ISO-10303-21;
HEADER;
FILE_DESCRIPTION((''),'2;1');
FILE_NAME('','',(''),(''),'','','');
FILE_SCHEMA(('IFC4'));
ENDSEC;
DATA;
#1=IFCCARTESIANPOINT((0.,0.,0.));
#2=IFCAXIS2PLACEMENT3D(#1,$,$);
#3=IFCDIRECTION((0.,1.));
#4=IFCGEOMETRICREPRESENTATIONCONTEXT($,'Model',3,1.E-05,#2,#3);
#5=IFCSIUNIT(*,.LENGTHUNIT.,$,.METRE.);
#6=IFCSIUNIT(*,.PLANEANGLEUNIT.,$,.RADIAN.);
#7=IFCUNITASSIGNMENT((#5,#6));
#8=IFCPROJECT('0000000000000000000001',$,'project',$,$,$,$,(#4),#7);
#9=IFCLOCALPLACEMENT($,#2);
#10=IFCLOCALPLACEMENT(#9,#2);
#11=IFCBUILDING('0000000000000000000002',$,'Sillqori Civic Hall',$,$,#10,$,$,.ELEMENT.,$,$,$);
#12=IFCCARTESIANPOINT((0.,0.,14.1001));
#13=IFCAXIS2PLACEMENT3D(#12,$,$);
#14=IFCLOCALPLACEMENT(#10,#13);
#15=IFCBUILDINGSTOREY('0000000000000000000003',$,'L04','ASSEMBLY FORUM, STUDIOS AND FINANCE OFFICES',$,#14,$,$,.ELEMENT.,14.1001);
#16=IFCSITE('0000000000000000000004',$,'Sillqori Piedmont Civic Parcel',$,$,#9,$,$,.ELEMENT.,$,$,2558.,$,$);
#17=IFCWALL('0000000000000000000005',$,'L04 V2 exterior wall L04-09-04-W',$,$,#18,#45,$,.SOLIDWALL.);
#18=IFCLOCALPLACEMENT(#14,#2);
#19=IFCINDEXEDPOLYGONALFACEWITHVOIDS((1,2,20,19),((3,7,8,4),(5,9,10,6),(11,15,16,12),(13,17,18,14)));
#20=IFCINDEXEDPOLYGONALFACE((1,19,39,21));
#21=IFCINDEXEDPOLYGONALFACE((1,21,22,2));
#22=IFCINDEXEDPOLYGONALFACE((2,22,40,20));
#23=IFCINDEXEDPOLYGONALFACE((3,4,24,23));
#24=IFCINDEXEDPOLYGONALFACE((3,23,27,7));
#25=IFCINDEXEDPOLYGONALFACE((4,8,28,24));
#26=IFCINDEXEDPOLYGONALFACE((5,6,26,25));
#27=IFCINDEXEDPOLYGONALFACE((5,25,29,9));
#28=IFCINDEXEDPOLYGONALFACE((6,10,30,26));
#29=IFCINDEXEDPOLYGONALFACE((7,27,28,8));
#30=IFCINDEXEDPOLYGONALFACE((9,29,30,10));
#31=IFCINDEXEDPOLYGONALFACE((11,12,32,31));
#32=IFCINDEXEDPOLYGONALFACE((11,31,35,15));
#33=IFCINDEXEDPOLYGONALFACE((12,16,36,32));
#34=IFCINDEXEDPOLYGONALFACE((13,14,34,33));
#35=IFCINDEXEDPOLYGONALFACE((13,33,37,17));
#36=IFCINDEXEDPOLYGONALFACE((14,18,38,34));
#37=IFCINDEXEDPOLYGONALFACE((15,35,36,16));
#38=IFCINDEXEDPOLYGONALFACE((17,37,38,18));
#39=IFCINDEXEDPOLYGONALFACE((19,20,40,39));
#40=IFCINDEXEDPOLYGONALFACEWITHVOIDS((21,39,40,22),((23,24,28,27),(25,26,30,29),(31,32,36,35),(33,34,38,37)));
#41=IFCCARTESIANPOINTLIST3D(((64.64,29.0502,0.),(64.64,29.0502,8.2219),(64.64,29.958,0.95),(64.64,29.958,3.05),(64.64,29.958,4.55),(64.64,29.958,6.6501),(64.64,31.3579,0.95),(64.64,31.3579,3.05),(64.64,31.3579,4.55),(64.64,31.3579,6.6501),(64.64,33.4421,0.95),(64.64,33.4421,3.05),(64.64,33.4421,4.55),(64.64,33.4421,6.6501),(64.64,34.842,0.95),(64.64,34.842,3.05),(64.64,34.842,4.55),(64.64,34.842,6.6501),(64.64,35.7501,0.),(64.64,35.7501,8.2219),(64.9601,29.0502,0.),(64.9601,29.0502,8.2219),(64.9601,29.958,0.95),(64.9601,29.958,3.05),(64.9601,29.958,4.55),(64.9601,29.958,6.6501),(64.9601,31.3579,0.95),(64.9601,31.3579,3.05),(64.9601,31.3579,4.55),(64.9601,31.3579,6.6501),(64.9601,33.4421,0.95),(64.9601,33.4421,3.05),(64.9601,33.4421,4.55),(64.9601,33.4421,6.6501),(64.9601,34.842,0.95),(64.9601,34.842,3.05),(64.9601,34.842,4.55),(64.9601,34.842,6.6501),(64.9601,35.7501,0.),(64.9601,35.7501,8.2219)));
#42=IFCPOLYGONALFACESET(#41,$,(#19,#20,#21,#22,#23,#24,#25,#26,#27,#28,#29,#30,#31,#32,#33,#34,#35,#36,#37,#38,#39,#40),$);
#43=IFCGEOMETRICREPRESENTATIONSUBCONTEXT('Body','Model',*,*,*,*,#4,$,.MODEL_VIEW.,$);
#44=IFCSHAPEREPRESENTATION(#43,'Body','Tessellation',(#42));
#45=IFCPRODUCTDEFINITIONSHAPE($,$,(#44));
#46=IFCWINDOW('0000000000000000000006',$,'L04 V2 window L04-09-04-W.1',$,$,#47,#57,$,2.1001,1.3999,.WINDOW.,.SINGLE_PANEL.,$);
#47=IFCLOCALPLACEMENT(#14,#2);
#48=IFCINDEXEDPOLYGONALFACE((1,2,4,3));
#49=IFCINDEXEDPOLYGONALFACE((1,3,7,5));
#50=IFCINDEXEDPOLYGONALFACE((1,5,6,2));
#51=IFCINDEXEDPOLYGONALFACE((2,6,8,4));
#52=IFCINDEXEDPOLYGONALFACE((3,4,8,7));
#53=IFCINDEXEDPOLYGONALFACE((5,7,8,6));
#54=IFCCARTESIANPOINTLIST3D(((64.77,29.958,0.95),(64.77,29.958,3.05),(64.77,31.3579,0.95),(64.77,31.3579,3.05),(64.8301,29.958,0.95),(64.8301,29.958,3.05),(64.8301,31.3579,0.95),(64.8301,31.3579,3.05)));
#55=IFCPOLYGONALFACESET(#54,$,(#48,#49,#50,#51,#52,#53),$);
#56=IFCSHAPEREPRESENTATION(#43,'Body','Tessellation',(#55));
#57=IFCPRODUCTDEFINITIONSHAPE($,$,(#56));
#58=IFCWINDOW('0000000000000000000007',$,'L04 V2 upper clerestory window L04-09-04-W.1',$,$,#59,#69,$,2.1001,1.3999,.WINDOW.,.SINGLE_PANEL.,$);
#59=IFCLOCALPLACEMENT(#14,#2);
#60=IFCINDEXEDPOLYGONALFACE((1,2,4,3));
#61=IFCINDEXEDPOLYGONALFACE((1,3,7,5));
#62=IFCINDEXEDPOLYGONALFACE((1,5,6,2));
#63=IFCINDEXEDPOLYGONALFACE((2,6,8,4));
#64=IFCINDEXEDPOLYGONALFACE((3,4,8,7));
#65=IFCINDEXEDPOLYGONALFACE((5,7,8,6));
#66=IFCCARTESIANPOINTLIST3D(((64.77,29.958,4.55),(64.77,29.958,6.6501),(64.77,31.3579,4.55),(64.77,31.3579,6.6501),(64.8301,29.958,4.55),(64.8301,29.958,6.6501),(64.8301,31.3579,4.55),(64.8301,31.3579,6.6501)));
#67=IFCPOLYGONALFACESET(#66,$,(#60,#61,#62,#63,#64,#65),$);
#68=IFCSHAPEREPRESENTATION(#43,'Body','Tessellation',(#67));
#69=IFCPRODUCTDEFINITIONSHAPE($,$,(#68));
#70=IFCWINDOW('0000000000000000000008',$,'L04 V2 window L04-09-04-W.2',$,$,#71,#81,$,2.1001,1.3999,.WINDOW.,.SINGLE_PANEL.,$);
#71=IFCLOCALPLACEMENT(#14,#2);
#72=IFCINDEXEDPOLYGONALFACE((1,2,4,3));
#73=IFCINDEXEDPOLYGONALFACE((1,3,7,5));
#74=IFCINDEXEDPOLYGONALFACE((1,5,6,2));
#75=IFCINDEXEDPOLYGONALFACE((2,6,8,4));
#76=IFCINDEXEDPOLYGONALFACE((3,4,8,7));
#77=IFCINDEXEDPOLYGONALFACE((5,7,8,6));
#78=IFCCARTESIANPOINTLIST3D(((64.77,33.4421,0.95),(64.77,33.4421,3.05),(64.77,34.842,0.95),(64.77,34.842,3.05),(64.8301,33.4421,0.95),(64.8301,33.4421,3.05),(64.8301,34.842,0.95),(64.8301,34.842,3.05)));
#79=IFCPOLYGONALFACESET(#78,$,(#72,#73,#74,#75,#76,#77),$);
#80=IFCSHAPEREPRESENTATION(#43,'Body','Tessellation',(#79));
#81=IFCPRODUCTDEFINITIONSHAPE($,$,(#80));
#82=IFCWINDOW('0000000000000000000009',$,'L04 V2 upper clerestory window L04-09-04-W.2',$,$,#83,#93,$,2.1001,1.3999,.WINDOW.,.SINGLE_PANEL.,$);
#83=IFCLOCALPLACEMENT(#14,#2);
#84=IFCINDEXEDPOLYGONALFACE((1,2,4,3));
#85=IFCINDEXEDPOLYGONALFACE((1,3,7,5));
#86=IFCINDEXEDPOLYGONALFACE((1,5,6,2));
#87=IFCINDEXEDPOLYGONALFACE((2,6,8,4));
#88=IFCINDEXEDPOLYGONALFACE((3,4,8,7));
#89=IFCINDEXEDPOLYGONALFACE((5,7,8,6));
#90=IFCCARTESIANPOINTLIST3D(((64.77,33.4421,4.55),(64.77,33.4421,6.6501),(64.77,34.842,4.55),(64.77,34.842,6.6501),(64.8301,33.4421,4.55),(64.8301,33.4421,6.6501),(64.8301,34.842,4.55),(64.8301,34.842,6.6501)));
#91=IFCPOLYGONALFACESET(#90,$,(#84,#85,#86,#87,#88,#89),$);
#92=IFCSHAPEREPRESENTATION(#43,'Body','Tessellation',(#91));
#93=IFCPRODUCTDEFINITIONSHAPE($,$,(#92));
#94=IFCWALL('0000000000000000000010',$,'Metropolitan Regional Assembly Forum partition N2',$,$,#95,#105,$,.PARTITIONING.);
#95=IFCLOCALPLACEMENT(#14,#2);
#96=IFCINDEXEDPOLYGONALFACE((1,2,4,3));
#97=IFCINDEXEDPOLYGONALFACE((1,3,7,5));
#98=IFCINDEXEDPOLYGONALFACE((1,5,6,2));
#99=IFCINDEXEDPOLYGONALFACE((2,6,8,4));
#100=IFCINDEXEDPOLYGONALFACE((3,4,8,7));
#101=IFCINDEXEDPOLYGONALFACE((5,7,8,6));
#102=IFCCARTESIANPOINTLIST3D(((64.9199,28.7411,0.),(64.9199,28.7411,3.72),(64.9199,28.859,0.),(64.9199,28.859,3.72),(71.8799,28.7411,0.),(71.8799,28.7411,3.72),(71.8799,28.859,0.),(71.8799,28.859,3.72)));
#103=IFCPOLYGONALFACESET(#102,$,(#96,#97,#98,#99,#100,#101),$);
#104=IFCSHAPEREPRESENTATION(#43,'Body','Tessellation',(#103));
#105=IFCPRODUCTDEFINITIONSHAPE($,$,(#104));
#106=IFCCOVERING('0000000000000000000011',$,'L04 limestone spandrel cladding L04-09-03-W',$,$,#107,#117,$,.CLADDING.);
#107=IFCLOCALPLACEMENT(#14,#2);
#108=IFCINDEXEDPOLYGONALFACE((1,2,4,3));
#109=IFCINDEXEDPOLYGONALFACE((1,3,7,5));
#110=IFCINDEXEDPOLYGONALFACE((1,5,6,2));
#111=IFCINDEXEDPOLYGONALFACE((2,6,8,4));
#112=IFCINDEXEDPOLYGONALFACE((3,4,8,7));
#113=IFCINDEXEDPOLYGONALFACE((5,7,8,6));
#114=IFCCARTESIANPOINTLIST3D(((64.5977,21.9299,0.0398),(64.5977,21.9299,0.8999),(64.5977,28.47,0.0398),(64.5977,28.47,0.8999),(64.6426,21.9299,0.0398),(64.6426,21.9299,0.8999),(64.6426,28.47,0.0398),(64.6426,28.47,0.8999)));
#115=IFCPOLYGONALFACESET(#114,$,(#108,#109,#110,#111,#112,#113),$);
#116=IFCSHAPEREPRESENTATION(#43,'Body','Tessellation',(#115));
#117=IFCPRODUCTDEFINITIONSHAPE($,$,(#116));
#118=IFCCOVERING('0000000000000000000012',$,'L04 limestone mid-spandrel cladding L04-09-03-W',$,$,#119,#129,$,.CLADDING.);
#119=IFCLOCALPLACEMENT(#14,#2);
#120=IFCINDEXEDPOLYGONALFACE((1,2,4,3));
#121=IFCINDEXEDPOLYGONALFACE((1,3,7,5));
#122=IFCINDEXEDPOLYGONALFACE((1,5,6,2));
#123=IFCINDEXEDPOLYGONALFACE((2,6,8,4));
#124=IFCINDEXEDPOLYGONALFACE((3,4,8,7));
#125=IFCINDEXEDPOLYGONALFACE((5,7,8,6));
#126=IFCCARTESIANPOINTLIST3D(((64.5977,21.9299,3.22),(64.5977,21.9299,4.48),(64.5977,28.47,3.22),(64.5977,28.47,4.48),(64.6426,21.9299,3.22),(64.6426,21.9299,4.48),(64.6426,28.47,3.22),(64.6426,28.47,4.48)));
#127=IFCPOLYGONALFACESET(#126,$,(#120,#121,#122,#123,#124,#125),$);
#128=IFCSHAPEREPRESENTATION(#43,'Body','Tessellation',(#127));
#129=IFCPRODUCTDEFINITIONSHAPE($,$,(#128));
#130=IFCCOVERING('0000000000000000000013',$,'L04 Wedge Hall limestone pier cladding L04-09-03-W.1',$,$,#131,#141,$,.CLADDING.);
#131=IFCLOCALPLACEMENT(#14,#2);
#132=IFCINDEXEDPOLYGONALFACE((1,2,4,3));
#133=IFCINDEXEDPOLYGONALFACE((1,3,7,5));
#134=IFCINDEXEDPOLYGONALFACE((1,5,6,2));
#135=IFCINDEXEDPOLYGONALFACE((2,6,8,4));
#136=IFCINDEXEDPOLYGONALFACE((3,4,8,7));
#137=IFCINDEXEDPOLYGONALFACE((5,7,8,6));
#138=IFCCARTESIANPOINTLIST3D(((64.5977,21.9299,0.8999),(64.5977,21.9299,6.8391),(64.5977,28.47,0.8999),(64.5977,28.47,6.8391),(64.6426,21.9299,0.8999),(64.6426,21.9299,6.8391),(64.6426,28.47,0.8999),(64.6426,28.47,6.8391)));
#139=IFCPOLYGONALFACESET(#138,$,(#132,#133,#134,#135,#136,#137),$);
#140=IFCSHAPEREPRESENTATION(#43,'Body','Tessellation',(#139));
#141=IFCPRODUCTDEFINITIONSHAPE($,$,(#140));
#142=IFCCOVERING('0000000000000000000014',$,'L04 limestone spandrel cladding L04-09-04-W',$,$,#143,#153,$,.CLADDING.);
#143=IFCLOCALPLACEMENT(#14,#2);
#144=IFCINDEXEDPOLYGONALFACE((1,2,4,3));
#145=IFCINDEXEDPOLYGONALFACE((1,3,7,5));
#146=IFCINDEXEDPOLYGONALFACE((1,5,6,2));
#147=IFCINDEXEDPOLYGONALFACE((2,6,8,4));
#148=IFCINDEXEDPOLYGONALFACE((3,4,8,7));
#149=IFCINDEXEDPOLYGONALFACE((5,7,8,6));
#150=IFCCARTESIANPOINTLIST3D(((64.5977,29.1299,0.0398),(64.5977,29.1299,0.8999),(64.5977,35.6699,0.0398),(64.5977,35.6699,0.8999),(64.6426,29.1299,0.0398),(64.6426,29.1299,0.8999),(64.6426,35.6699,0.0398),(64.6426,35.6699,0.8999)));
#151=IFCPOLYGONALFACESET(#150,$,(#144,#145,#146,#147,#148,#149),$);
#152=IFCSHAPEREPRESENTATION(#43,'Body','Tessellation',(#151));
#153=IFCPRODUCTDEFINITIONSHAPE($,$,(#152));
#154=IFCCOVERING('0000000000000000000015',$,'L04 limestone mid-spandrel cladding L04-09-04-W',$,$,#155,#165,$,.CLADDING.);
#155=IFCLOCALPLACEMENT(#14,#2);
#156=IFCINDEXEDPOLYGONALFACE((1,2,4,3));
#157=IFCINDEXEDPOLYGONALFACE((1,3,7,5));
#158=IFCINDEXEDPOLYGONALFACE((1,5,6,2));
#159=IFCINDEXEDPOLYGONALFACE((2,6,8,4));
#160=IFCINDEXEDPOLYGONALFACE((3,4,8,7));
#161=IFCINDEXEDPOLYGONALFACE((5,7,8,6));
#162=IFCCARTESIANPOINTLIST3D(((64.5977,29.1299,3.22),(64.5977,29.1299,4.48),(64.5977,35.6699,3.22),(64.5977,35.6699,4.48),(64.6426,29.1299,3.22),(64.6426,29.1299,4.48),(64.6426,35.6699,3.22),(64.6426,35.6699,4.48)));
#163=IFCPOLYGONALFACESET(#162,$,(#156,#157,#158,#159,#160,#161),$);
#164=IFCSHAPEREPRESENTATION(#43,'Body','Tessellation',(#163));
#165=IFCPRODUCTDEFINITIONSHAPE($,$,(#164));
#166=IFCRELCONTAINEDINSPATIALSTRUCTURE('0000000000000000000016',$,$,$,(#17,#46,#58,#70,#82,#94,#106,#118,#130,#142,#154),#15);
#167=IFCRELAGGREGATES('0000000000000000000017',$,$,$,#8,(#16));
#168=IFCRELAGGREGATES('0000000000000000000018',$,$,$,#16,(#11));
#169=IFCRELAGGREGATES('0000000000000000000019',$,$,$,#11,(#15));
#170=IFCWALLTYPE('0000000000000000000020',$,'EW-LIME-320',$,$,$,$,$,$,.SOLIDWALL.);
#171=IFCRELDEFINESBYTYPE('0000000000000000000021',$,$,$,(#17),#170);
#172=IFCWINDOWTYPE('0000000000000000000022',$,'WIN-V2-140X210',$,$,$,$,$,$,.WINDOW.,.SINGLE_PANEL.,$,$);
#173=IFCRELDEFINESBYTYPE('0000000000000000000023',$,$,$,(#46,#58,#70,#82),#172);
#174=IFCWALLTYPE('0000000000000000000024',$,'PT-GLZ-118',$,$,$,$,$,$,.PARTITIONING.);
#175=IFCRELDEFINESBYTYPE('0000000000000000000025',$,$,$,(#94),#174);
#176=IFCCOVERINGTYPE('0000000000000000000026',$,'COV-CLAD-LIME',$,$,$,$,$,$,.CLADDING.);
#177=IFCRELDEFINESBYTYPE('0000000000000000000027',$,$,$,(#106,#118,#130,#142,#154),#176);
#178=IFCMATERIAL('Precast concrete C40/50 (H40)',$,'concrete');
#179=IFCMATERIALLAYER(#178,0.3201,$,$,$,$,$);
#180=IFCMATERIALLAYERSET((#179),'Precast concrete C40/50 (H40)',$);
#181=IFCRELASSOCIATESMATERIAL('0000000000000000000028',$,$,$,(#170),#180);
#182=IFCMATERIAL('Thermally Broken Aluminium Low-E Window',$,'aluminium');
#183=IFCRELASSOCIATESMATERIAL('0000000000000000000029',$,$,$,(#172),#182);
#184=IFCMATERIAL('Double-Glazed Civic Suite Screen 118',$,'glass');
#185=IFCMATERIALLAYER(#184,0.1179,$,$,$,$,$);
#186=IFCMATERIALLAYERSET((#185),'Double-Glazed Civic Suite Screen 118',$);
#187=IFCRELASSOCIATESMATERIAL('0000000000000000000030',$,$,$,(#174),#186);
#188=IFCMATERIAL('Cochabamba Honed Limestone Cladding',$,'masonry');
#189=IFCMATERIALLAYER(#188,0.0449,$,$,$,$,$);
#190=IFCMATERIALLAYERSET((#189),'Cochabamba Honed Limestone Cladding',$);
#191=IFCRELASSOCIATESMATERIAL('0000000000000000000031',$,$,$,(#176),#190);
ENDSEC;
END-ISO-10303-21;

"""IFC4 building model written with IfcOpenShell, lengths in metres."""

from ifc_helpers import new_model, si_unit, direction, frame, frame_2d, origin, place, context, subcontext, project, spatial, rectangle, extrude, material, layer, layer_set, type_object, element, fill, save


model = new_model("IFC4")

# Units and contexts
model_context = context("Model", 3, precision=1e-05, world=origin(), true_north=direction((0.0, 1.0)))
body_context = subcontext(model_context, "Body", "Model", "MODEL_VIEW")
ifc_project = project(units=[si_unit("LENGTHUNIT", "METRE"), si_unit("PLANEANGLEUNIT", "RADIAN")], contexts=[model_context])

# Site, building, storey
site_placement = place(None, origin())
site = spatial("IfcSite", under=ifc_project, at=site_placement, Name="Sillqori Piedmont Civic Parcel", CompositionType="ELEMENT", RefElevation=2558.0)
building_placement = place(site_placement, origin())
building = spatial("IfcBuilding", under=site, at=building_placement, Name="Sillqori Civic Hall", CompositionType="ELEMENT")
storey_placement = place(building_placement, frame((0.0, 0.0, 14.1001)))
storey = spatial("IfcBuildingStorey", under=building, at=storey_placement, Name="L04", Description="ASSEMBLY FORUM, STUDIOS AND FINANCE OFFICES", CompositionType="ELEMENT", Elevation=14.1001)

# Shared definitions
ifc_material_1 = material(Name="Precast concrete C40/50 (H40)", Category="concrete")
ifc_layer_1 = layer(ifc_material_1, 0.3201)
ifc_layer_set_1 = layer_set([ifc_layer_1], Name="Precast concrete C40/50 (H40)")
wall_type_1 = type_object("IfcWallType", Name="EW-LIME-320", PredefinedType="SOLIDWALL", material=ifc_layer_set_1)

# Wall, openings, windows
wall_1_placement = place(storey_placement, frame((64.8, 29.05, 0.0), z_axis=(0.0, 0.0, 1.0), x_axis=(0.0, 1.0, 0.0)))
wall_1 = element("IfcWall", 1, at=wall_1_placement, inside=storey, type_object=wall_type_1, Name="L04 V2 exterior wall L04-09-04-W", PredefinedType="SOLIDWALL", context=body_context, shape_type="SweptSolid", body=[
    extrude(rectangle(XDim=6.7, YDim=0.3201, at=frame_2d((3.3501, 0.0))), origin(), (0.0, 0.0, 1.0), 8.2219),
])
opening_1_placement = place(wall_1_placement, frame((0.908, 0.0, 0.95)))
opening_1 = element("IfcOpeningElement", 2, at=opening_1_placement, cuts=wall_1, PredefinedType="OPENING", context=body_context, shape_type="SweptSolid", body=[
    extrude(rectangle(XDim=1.3999, YDim=2.1001, at=frame_2d((0.7, 1.05))), frame((0.0, 0.1699, 0.0), z_axis=(0.0, -1.0, 0.0), x_axis=(1.0, 0.0, 0.0)), (0.0, 0.0, 1.0), 0.3401),
])
opening_2_placement = place(wall_1_placement, frame((0.908, 0.0, 4.55)))
opening_2 = element("IfcOpeningElement", 3, at=opening_2_placement, cuts=wall_1, PredefinedType="OPENING", context=body_context, shape_type="SweptSolid", body=[
    extrude(rectangle(XDim=1.3999, YDim=2.1001, at=frame_2d((0.7, 1.05))), frame((0.0, 0.1699, 0.0), z_axis=(0.0, -1.0, 0.0), x_axis=(1.0, 0.0, 0.0)), (0.0, 0.0, 1.0), 0.3401),
])
opening_3_placement = place(wall_1_placement, frame((4.3921, 0.0, 0.95)))
opening_3 = element("IfcOpeningElement", 4, at=opening_3_placement, cuts=wall_1, PredefinedType="OPENING", context=body_context, shape_type="SweptSolid", body=[
    extrude(rectangle(XDim=1.3999, YDim=2.1001, at=frame_2d((0.7, 1.05))), frame((0.0, 0.1699, 0.0), z_axis=(0.0, -1.0, 0.0), x_axis=(1.0, 0.0, 0.0)), (0.0, 0.0, 1.0), 0.3401),
])
opening_4_placement = place(wall_1_placement, frame((4.3921, 0.0, 4.55)))
opening_4 = element("IfcOpeningElement", 5, at=opening_4_placement, cuts=wall_1, PredefinedType="OPENING", context=body_context, shape_type="SweptSolid", body=[
    extrude(rectangle(XDim=1.3999, YDim=2.1001, at=frame_2d((0.7, 1.05))), frame((0.0, 0.1699, 0.0), z_axis=(0.0, -1.0, 0.0), x_axis=(1.0, 0.0, 0.0)), (0.0, 0.0, 1.0), 0.3401),
])
ifc_material_2 = material(Name="Thermally Broken Aluminium Low-E Window", Category="aluminium")
window_type = type_object("IfcWindowType", Name="WIN-V2-140X210", PartitioningType="SINGLE_PANEL", PredefinedType="WINDOW", material=ifc_material_2)
window_1_placement = place(opening_1_placement, origin())
window_1 = element("IfcWindow", 6, at=window_1_placement, inside=storey, type_object=window_type, Name="L04 V2 window L04-09-04-W.1", OverallHeight=2.1001, OverallWidth=1.3999, PartitioningType="SINGLE_PANEL", PredefinedType="WINDOW", context=body_context, shape_type="SweptSolid", body=[
    extrude(rectangle(XDim=1.3999, YDim=2.1001, at=frame_2d((0.7, 1.05))), frame((0.0, 0.03, 0.0), z_axis=(0.0, -1.0, 0.0), x_axis=(1.0, 0.0, 0.0)), (0.0, 0.0, 1.0), 0.0601),
])
fill(opening_1, window_1)
window_2_placement = place(opening_2_placement, origin())
window_2 = element("IfcWindow", 7, at=window_2_placement, inside=storey, type_object=window_type, Name="L04 V2 upper clerestory window L04-09-04-W.1", OverallHeight=2.1001, OverallWidth=1.3999, PartitioningType="SINGLE_PANEL", PredefinedType="WINDOW", context=body_context, shape_type="SweptSolid", body=[
    extrude(rectangle(XDim=1.3999, YDim=2.1001, at=frame_2d((0.7, 1.05))), frame((0.0, 0.03, 0.0), z_axis=(0.0, -1.0, 0.0), x_axis=(1.0, 0.0, 0.0)), (0.0, 0.0, 1.0), 0.0601),
])
fill(opening_2, window_2)
window_3_placement = place(opening_3_placement, origin())
window_3 = element("IfcWindow", 8, at=window_3_placement, inside=storey, type_object=window_type, Name="L04 V2 window L04-09-04-W.2", OverallHeight=2.1001, OverallWidth=1.3999, PartitioningType="SINGLE_PANEL", PredefinedType="WINDOW", context=body_context, shape_type="SweptSolid", body=[
    extrude(rectangle(XDim=1.3999, YDim=2.1001, at=frame_2d((0.7, 1.05))), frame((0.0, 0.03, 0.0), z_axis=(0.0, -1.0, 0.0), x_axis=(1.0, 0.0, 0.0)), (0.0, 0.0, 1.0), 0.0601),
])
fill(opening_3, window_3)
window_4_placement = place(opening_4_placement, origin())
window_4 = element("IfcWindow", 9, at=window_4_placement, inside=storey, type_object=window_type, Name="L04 V2 upper clerestory window L04-09-04-W.2", OverallHeight=2.1001, OverallWidth=1.3999, PartitioningType="SINGLE_PANEL", PredefinedType="WINDOW", context=body_context, shape_type="SweptSolid", body=[
    extrude(rectangle(XDim=1.3999, YDim=2.1001, at=frame_2d((0.7, 1.05))), frame((0.0, 0.03, 0.0), z_axis=(0.0, -1.0, 0.0), x_axis=(1.0, 0.0, 0.0)), (0.0, 0.0, 1.0), 0.0601),
])
fill(opening_4, window_4)

# Wall
ifc_material_3 = material(Name="Double-Glazed Civic Suite Screen 118", Category="glass")
ifc_layer_2 = layer(ifc_material_3, 0.1179)
ifc_layer_set_2 = layer_set([ifc_layer_2], Name="Double-Glazed Civic Suite Screen 118")
wall_type_2 = type_object("IfcWallType", Name="PT-GLZ-118", PredefinedType="PARTITIONING", material=ifc_layer_set_2)
wall_2_placement = place(storey_placement, frame((64.9199, 28.8, 0.0), z_axis=(0.0, 0.0, 1.0), x_axis=(1.0, 0.0, 0.0)))
element("IfcWall", 10, at=wall_2_placement, inside=storey, type_object=wall_type_2, Name="Metropolitan Regional Assembly Forum partition N2", PredefinedType="PARTITIONING", context=body_context, shape_type="SweptSolid", body=[
    extrude(rectangle(XDim=6.96, YDim=0.1179, at=frame_2d((3.48, 0.0))), origin(), (0.0, 0.0, 1.0), 3.72),
])

# Coverings
ifc_material_4 = material(Name="Cochabamba Honed Limestone Cladding", Category="masonry")
ifc_layer_3 = layer(ifc_material_4, 0.0449)
ifc_layer_set_3 = layer_set([ifc_layer_3], Name="Cochabamba Honed Limestone Cladding")
covering_type = type_object("IfcCoveringType", Name="COV-CLAD-LIME", PredefinedType="CLADDING", material=ifc_layer_set_3)
covering_1_placement = place(storey_placement, frame((64.6201, 21.9299, 0.0398), z_axis=(0.0, 0.0, 1.0), x_axis=(0.0, 1.0, 0.0)))
element("IfcCovering", 11, at=covering_1_placement, inside=storey, type_object=covering_type, Name="L04 limestone spandrel cladding L04-09-03-W", PredefinedType="CLADDING", context=body_context, shape_type="SweptSolid", body=[
    extrude(rectangle(XDim=6.54, YDim=0.0449, at=frame_2d((3.27, 0.0))), origin(), (0.0, 0.0, 1.0), 0.8601),
])
covering_2_placement = place(storey_placement, frame((64.6201, 21.9299, 3.22), z_axis=(0.0, 0.0, 1.0), x_axis=(0.0, 1.0, 0.0)))
element("IfcCovering", 12, at=covering_2_placement, inside=storey, type_object=covering_type, Name="L04 limestone mid-spandrel cladding L04-09-03-W", PredefinedType="CLADDING", context=body_context, shape_type="SweptSolid", body=[
    extrude(rectangle(XDim=6.54, YDim=0.0449, at=frame_2d((3.27, 0.0))), origin(), (0.0, 0.0, 1.0), 1.26),
])
covering_3_placement = place(storey_placement, frame((64.6201, 21.9299, 0.8999), z_axis=(0.0, 0.0, 1.0), x_axis=(0.0, 1.0, 0.0)))
element("IfcCovering", 13, at=covering_3_placement, inside=storey, type_object=covering_type, Name="L04 Wedge Hall limestone pier cladding L04-09-03-W.1", PredefinedType="CLADDING", context=body_context, shape_type="SweptSolid", body=[
    extrude(rectangle(XDim=6.54, YDim=0.0449, at=frame_2d((3.27, 0.0))), origin(), (0.0, 0.0, 1.0), 5.9392),
])
covering_4_placement = place(storey_placement, frame((64.6201, 29.1299, 0.0398), z_axis=(0.0, 0.0, 1.0), x_axis=(0.0, 1.0, 0.0)))
element("IfcCovering", 14, at=covering_4_placement, inside=storey, type_object=covering_type, Name="L04 limestone spandrel cladding L04-09-04-W", PredefinedType="CLADDING", context=body_context, shape_type="SweptSolid", body=[
    extrude(rectangle(XDim=6.54, YDim=0.0449, at=frame_2d((3.27, 0.0))), origin(), (0.0, 0.0, 1.0), 0.8601),
])
covering_5_placement = place(storey_placement, frame((64.6201, 29.1299, 3.22), z_axis=(0.0, 0.0, 1.0), x_axis=(0.0, 1.0, 0.0)))
element("IfcCovering", 15, at=covering_5_placement, inside=storey, type_object=covering_type, Name="L04 limestone mid-spandrel cladding L04-09-04-W", PredefinedType="CLADDING", context=body_context, shape_type="SweptSolid", body=[
    extrude(rectangle(XDim=6.54, YDim=0.0449, at=frame_2d((3.27, 0.0))), origin(), (0.0, 0.0, 1.0), 1.26),
])

save(model, "model.ifc")
